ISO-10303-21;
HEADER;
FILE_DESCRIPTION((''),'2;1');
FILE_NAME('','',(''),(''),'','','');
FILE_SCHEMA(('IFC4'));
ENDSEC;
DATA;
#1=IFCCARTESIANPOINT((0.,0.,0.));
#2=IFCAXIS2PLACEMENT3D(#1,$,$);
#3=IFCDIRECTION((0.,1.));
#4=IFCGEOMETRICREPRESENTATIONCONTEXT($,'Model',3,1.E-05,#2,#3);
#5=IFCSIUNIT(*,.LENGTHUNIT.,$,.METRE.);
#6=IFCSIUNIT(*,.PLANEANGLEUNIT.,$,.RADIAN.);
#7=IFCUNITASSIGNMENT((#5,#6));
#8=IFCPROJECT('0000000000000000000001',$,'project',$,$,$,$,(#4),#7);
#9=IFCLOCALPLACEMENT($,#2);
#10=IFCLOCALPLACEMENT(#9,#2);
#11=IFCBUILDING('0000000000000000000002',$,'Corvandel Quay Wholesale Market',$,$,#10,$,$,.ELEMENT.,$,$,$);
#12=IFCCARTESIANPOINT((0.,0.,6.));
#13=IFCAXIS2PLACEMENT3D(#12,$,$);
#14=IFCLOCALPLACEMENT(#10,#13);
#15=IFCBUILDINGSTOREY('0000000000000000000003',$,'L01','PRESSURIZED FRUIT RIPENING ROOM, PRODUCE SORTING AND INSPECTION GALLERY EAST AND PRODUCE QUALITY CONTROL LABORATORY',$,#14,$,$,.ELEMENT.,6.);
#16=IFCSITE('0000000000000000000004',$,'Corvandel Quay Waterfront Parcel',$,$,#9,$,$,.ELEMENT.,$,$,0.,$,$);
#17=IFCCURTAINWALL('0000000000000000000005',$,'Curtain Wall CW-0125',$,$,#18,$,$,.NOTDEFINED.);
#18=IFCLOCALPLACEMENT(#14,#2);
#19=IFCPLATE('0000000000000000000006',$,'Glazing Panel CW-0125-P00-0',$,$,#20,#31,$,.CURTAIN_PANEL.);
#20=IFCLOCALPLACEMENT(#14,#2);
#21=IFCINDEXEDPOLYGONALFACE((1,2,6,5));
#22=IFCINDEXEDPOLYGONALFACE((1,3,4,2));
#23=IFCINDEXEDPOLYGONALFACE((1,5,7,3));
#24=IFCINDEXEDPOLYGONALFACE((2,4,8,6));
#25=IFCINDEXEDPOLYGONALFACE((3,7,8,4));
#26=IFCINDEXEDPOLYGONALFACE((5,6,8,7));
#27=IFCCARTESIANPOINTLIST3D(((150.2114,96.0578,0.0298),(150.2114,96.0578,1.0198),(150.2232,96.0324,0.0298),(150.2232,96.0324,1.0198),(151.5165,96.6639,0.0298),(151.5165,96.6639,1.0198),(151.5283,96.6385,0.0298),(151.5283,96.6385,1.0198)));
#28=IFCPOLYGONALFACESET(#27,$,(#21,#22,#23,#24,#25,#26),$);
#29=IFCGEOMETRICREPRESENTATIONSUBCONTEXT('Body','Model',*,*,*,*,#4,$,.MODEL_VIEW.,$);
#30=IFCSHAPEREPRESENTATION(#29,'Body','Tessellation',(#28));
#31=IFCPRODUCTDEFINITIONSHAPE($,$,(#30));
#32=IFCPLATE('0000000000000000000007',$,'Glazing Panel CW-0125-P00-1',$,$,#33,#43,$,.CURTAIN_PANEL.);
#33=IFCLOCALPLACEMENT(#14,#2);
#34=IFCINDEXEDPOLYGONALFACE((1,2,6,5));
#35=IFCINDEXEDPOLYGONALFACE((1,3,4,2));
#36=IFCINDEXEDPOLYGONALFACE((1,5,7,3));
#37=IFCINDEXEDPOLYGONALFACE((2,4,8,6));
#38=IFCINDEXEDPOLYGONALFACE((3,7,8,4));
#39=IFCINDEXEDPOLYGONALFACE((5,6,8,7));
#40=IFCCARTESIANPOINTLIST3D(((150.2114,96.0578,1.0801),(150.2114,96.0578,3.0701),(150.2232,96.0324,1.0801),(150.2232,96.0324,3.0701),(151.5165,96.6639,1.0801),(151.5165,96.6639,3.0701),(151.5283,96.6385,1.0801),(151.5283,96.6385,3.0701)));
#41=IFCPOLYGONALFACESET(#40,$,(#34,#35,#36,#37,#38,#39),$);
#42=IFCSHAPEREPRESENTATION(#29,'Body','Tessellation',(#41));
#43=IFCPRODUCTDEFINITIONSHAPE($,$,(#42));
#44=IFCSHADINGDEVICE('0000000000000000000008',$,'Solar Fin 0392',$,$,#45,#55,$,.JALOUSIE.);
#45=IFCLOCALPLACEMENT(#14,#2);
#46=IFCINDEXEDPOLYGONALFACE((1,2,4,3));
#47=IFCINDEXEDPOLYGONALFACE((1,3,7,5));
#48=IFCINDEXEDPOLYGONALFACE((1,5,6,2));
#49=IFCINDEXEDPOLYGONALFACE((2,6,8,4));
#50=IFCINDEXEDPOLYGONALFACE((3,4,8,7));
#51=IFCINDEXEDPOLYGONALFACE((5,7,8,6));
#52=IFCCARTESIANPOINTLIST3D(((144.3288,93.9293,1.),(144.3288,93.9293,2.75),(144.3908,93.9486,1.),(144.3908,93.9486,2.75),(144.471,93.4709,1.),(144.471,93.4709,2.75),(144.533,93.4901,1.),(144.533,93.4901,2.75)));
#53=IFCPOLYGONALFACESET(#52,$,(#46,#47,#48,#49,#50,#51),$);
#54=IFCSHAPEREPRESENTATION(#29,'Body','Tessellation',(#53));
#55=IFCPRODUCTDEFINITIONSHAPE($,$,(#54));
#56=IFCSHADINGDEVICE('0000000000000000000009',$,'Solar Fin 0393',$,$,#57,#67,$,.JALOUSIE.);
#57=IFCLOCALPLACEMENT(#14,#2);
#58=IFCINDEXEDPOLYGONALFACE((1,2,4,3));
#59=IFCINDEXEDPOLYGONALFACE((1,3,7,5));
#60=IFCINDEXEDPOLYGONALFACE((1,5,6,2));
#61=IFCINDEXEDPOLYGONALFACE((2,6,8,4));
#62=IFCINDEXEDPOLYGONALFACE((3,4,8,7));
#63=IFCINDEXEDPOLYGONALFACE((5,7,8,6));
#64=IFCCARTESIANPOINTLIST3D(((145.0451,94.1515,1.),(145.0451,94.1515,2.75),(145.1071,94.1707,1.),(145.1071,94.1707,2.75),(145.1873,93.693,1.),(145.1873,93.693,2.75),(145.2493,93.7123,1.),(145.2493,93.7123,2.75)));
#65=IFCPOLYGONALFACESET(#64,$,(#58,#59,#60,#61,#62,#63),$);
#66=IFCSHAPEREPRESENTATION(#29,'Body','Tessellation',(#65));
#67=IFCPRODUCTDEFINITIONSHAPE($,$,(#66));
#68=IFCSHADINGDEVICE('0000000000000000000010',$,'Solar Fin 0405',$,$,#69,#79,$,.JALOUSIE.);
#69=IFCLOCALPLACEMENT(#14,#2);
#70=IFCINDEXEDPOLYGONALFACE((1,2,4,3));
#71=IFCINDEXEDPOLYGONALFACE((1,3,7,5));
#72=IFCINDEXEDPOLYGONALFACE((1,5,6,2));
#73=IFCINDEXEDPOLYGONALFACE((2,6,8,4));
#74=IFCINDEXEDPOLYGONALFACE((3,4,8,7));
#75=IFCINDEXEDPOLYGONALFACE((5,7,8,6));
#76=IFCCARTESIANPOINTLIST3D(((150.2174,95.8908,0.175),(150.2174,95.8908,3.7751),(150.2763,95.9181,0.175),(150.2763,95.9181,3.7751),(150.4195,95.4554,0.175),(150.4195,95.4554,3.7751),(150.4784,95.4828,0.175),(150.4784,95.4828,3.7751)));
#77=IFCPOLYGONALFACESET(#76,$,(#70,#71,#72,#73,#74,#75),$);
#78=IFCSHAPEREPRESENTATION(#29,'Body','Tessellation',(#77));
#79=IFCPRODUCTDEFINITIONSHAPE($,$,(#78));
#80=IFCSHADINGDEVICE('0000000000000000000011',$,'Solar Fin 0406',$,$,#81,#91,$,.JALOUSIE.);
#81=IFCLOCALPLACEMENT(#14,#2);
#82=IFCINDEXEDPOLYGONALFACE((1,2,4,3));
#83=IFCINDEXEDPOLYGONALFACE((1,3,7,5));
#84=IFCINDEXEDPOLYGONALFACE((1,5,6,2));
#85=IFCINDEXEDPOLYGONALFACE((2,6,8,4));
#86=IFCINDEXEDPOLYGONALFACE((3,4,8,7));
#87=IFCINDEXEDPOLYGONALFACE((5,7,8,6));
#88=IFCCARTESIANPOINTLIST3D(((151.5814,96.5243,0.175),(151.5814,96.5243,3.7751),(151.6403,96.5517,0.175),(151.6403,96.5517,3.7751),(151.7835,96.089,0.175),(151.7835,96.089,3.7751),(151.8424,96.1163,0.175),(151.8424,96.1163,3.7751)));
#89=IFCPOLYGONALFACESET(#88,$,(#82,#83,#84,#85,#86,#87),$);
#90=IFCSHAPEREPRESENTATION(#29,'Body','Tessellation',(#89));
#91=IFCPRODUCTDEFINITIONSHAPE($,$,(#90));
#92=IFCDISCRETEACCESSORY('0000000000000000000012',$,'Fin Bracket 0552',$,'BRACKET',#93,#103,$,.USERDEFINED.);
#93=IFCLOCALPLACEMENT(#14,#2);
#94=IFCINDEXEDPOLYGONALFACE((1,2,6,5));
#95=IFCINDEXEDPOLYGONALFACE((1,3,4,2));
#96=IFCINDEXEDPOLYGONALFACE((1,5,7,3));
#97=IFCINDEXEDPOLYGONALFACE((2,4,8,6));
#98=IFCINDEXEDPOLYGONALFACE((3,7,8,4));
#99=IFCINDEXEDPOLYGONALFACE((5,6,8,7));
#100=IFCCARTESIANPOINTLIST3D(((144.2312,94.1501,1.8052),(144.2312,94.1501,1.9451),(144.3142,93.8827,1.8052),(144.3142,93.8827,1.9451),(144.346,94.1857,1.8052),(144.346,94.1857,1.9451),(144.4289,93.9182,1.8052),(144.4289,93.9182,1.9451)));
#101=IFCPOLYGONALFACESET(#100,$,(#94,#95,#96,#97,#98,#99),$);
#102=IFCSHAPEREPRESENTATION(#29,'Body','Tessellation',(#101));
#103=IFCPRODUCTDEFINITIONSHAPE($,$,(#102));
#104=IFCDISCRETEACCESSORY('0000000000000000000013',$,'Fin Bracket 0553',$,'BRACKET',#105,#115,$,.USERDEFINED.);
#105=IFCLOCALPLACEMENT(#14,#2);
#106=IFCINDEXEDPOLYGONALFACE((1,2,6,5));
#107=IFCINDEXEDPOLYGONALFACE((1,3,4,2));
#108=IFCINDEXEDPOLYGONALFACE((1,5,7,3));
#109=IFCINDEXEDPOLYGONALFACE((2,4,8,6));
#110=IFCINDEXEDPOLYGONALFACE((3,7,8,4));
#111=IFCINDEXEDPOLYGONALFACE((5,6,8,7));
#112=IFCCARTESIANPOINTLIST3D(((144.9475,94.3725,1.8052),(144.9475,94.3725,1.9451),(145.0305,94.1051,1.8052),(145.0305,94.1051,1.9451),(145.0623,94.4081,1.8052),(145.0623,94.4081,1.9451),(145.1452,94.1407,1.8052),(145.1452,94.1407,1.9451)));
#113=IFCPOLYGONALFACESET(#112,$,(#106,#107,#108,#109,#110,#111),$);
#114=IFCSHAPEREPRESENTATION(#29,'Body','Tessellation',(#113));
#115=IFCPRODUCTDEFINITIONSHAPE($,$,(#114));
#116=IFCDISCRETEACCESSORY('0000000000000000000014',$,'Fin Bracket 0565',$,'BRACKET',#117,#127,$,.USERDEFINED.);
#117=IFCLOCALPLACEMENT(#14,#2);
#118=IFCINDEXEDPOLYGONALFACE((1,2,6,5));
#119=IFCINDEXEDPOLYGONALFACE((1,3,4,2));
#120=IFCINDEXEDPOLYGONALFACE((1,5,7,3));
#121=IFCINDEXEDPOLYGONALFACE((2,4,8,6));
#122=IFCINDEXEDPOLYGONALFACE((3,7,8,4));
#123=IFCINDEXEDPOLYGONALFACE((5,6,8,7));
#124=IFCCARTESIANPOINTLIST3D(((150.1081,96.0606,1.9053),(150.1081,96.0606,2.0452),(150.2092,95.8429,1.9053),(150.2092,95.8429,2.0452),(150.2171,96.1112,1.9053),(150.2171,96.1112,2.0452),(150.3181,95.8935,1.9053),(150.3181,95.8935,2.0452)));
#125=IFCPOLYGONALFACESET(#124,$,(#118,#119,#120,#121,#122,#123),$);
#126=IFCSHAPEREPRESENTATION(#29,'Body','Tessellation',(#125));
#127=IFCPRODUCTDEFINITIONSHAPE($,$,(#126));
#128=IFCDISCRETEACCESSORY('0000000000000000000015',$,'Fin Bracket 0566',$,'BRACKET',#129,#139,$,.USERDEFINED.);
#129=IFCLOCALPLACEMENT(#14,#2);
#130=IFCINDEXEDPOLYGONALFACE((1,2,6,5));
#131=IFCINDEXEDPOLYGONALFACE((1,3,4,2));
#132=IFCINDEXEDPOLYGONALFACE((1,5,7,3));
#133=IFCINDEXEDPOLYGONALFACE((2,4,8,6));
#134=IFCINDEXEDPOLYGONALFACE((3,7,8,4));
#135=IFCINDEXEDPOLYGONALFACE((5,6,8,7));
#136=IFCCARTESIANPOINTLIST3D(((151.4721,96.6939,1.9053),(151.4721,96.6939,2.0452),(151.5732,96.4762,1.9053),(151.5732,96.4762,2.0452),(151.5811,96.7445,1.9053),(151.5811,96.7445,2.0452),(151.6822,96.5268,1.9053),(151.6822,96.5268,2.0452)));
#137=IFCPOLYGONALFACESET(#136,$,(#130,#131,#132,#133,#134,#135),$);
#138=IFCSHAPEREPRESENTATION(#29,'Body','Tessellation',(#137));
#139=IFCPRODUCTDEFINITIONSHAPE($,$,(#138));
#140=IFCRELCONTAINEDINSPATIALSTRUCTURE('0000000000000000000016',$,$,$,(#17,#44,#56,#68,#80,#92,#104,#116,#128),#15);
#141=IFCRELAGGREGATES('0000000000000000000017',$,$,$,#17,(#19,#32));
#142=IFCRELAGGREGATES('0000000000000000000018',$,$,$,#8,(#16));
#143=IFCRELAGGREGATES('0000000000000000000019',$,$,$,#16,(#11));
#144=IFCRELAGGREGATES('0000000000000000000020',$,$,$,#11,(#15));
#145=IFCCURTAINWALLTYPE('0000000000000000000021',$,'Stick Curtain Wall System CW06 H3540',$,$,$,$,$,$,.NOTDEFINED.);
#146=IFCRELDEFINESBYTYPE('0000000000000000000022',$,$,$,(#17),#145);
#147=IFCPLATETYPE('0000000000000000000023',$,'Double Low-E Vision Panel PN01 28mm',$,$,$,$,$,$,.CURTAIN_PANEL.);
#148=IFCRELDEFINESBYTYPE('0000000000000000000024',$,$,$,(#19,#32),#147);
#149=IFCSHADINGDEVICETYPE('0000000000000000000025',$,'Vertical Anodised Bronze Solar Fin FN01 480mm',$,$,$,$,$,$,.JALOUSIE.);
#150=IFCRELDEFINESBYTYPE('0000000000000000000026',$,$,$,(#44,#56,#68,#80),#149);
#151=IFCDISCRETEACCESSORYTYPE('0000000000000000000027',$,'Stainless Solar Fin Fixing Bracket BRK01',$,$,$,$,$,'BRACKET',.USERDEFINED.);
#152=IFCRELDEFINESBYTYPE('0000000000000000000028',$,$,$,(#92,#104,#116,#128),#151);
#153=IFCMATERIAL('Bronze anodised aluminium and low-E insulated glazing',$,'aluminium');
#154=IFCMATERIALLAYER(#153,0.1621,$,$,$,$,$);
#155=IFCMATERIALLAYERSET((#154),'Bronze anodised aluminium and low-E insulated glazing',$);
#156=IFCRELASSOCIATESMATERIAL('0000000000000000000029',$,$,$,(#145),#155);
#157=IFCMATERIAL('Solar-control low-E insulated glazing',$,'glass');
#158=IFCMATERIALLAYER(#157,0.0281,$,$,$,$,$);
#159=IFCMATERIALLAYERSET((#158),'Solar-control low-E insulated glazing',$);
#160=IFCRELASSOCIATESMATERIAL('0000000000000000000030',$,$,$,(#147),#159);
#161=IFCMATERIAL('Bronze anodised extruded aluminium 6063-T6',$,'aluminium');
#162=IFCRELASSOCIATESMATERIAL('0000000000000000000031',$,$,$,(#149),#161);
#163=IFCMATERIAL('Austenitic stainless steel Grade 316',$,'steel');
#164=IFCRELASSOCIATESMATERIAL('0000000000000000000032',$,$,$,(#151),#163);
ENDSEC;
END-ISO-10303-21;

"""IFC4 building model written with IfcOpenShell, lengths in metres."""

from ifc_helpers import new_model, si_unit, direction, frame, origin, origin_2d, place, context, subcontext, project, spatial, rectangle, extrude, material, layer, layer_set, type_object, element, aggregate, save


model = new_model("IFC4")

# Units and contexts
model_context = context("Model", 3, precision=1e-05, world=origin(), true_north=direction((0.0, 1.0)))
body_context = subcontext(model_context, "Body", "Model", "MODEL_VIEW")
ifc_project = project(units=[si_unit("LENGTHUNIT", "METRE"), si_unit("PLANEANGLEUNIT", "RADIAN")], contexts=[model_context])

# Site, building, storey
site_placement = place(None, origin())
site = spatial("IfcSite", under=ifc_project, at=site_placement, Name="Corvandel Quay Waterfront Parcel", CompositionType="ELEMENT", RefElevation=0.0)
building_placement = place(site_placement, origin())
building = spatial("IfcBuilding", under=site, at=building_placement, Name="Corvandel Quay Wholesale Market", CompositionType="ELEMENT")
storey_placement = place(building_placement, frame((0.0, 0.0, 6.0)))
storey = spatial("IfcBuildingStorey", under=building, at=storey_placement, Name="L01", Description="PRESSURIZED FRUIT RIPENING ROOM, PRODUCE SORTING AND INSPECTION GALLERY EAST AND PRODUCE QUALITY CONTROL LABORATORY", CompositionType="ELEMENT", Elevation=6.0)

# Curtain wall
ifc_material_1 = material(Name="Bronze anodised aluminium and low-E insulated glazing", Category="aluminium")
ifc_layer_1 = layer(ifc_material_1, 0.1621)
ifc_layer_set_1 = layer_set([ifc_layer_1], Name="Bronze anodised aluminium and low-E insulated glazing")
curtain_wall_type_1 = type_object("IfcCurtainWallType", Name="Stick Curtain Wall System CW06 H3540", PredefinedType="NOTDEFINED", material=ifc_layer_set_1)
curtain_wall_1_placement = place(storey_placement, origin())
curtain_wall_1 = element("IfcCurtainWall", 1, at=curtain_wall_1_placement, inside=storey, type_object=curtain_wall_type_1, Name="Curtain Wall CW-0125", PredefinedType="NOTDEFINED")

# Shared definitions
ifc_material_2 = material(Name="Solar-control low-E insulated glazing", Category="glass")

# Plates
ifc_layer_2 = layer(ifc_material_2, 0.0281)
ifc_layer_set_2 = layer_set([ifc_layer_2], Name="Solar-control low-E insulated glazing")
plate_type_1 = type_object("IfcPlateType", Name="Double Low-E Vision Panel PN01 28mm", PredefinedType="CURTAIN_PANEL", material=ifc_layer_set_2)
plate_1_placement = place(storey_placement, frame((150.8699, 96.3481, 0.0298), z_axis=(0.0, 0.0, 1.0), x_axis=(0.906971, 0.421194, 0.0)))
plate_1 = element("IfcPlate", 2, at=plate_1_placement, type_object=plate_type_1, Name="Glazing Panel CW-0125-P00-0", PredefinedType="CURTAIN_PANEL", context=body_context, shape_type="SweptSolid", body=[
    extrude(rectangle(XDim=1.439, YDim=0.0281, at=origin_2d()), origin(), (0.0, 0.0, 1.0), 0.99),
])
plate_2_placement = place(storey_placement, frame((150.8699, 96.3481, 1.0801), z_axis=(0.0, 0.0, 1.0), x_axis=(0.906971, 0.421194, 0.0)))
plate_2 = element("IfcPlate", 3, at=plate_2_placement, type_object=plate_type_1, Name="Glazing Panel CW-0125-P00-1", PredefinedType="CURTAIN_PANEL", context=body_context, shape_type="SweptSolid", body=[
    extrude(rectangle(XDim=1.439, YDim=0.0281, at=origin_2d()), origin(), (0.0, 0.0, 1.0), 1.99),
])
aggregate(curtain_wall_1, [plate_1, plate_2])

# Shading devices
ifc_material_3 = material(Name="Bronze anodised extruded aluminium 6063-T6", Category="aluminium")
shading_device_type = type_object("IfcShadingDeviceType", Name="Vertical Anodised Bronze Solar Fin FN01 480mm", PredefinedType="JALOUSIE", material=ifc_material_3)
for number, where, z_axis, x_axis, name in (
    (4, (144.4309, 93.7097, 1.0), (0.0, 0.0, 1.0), (-0.296208, 0.955123, 0.0), "Solar Fin 0392"),
    (5, (145.1472, 93.9319, 1.0), (0.0, 0.0, 1.0), (-0.296208, 0.955123, 0.0), "Solar Fin 0393"),
):
    element("IfcShadingDevice", number, at=place(storey_placement, frame(where, z_axis=z_axis, x_axis=x_axis)), inside=storey, type_object=shading_device_type, Name=name, PredefinedType="JALOUSIE", context=body_context, shape_type="SweptSolid", body=[
        extrude(rectangle(XDim=0.48, YDim=0.0649, at=origin_2d()), origin(), (0.0, 0.0, 1.0), 1.75),
    ])
for number, where, z_axis, x_axis, name in (
    (6, (150.3479, 95.6868, 0.175), (0.0, 0.0, 1.0), (-0.421194, 0.906971, 0.0), "Solar Fin 0405"),
    (7, (151.7119, 96.3203, 0.175), (0.0, 0.0, 1.0), (-0.421194, 0.906971, 0.0), "Solar Fin 0406"),
):
    element("IfcShadingDevice", number, at=place(storey_placement, frame(where, z_axis=z_axis, x_axis=x_axis)), inside=storey, type_object=shading_device_type, Name=name, PredefinedType="JALOUSIE", context=body_context, shape_type="SweptSolid", body=[
        extrude(rectangle(XDim=0.48, YDim=0.0649, at=origin_2d()), origin(), (0.0, 0.0, 1.0), 3.6001),
    ])

# Discrete accessories
ifc_material_4 = material(Name="Austenitic stainless steel Grade 316", Category="steel")
discrete_accessory_type = type_object("IfcDiscreteAccessoryType", Name="Stainless Solar Fin Fixing Bracket BRK01", ElementType="BRACKET", PredefinedType="USERDEFINED", material=ifc_material_4)
for number, where, z_axis, x_axis, name in (
    (8, (144.3301, 94.0342, 1.8052), (0.0, 0.0, 1.0), (-0.296208, 0.955123, 0.0), "Fin Bracket 0552"),
    (9, (145.0464, 94.2566, 1.8052), (0.0, 0.0, 1.0), (-0.296208, 0.955123, 0.0), "Fin Bracket 0553"),
):
    element("IfcDiscreteAccessory", number, at=place(storey_placement, frame(where, z_axis=z_axis, x_axis=x_axis)), inside=storey, type_object=discrete_accessory_type, Name=name, ObjectType="BRACKET", PredefinedType="USERDEFINED", context=body_context, shape_type="SweptSolid", body=[
        extrude(rectangle(XDim=0.28, YDim=0.1201, at=origin_2d()), origin(), (0.0, 0.0, 1.0), 0.1399),
    ])
for number, where, z_axis, x_axis, name in (
    (10, (150.2131, 95.9771, 1.9053), (0.0, 0.0, 1.0), (-0.421194, 0.906971, 0.0), "Fin Bracket 0565"),
    (11, (151.5771, 96.6104, 1.9053), (0.0, 0.0, 1.0), (-0.421194, 0.906971, 0.0), "Fin Bracket 0566"),
):
    element("IfcDiscreteAccessory", number, at=place(storey_placement, frame(where, z_axis=z_axis, x_axis=x_axis)), inside=storey, type_object=discrete_accessory_type, Name=name, ObjectType="BRACKET", PredefinedType="USERDEFINED", context=body_context, shape_type="SweptSolid", body=[
        extrude(rectangle(XDim=0.24, YDim=0.1201, at=origin_2d()), origin(), (0.0, 0.0, 1.0), 0.1399),
    ])

save(model, "model.ifc")
